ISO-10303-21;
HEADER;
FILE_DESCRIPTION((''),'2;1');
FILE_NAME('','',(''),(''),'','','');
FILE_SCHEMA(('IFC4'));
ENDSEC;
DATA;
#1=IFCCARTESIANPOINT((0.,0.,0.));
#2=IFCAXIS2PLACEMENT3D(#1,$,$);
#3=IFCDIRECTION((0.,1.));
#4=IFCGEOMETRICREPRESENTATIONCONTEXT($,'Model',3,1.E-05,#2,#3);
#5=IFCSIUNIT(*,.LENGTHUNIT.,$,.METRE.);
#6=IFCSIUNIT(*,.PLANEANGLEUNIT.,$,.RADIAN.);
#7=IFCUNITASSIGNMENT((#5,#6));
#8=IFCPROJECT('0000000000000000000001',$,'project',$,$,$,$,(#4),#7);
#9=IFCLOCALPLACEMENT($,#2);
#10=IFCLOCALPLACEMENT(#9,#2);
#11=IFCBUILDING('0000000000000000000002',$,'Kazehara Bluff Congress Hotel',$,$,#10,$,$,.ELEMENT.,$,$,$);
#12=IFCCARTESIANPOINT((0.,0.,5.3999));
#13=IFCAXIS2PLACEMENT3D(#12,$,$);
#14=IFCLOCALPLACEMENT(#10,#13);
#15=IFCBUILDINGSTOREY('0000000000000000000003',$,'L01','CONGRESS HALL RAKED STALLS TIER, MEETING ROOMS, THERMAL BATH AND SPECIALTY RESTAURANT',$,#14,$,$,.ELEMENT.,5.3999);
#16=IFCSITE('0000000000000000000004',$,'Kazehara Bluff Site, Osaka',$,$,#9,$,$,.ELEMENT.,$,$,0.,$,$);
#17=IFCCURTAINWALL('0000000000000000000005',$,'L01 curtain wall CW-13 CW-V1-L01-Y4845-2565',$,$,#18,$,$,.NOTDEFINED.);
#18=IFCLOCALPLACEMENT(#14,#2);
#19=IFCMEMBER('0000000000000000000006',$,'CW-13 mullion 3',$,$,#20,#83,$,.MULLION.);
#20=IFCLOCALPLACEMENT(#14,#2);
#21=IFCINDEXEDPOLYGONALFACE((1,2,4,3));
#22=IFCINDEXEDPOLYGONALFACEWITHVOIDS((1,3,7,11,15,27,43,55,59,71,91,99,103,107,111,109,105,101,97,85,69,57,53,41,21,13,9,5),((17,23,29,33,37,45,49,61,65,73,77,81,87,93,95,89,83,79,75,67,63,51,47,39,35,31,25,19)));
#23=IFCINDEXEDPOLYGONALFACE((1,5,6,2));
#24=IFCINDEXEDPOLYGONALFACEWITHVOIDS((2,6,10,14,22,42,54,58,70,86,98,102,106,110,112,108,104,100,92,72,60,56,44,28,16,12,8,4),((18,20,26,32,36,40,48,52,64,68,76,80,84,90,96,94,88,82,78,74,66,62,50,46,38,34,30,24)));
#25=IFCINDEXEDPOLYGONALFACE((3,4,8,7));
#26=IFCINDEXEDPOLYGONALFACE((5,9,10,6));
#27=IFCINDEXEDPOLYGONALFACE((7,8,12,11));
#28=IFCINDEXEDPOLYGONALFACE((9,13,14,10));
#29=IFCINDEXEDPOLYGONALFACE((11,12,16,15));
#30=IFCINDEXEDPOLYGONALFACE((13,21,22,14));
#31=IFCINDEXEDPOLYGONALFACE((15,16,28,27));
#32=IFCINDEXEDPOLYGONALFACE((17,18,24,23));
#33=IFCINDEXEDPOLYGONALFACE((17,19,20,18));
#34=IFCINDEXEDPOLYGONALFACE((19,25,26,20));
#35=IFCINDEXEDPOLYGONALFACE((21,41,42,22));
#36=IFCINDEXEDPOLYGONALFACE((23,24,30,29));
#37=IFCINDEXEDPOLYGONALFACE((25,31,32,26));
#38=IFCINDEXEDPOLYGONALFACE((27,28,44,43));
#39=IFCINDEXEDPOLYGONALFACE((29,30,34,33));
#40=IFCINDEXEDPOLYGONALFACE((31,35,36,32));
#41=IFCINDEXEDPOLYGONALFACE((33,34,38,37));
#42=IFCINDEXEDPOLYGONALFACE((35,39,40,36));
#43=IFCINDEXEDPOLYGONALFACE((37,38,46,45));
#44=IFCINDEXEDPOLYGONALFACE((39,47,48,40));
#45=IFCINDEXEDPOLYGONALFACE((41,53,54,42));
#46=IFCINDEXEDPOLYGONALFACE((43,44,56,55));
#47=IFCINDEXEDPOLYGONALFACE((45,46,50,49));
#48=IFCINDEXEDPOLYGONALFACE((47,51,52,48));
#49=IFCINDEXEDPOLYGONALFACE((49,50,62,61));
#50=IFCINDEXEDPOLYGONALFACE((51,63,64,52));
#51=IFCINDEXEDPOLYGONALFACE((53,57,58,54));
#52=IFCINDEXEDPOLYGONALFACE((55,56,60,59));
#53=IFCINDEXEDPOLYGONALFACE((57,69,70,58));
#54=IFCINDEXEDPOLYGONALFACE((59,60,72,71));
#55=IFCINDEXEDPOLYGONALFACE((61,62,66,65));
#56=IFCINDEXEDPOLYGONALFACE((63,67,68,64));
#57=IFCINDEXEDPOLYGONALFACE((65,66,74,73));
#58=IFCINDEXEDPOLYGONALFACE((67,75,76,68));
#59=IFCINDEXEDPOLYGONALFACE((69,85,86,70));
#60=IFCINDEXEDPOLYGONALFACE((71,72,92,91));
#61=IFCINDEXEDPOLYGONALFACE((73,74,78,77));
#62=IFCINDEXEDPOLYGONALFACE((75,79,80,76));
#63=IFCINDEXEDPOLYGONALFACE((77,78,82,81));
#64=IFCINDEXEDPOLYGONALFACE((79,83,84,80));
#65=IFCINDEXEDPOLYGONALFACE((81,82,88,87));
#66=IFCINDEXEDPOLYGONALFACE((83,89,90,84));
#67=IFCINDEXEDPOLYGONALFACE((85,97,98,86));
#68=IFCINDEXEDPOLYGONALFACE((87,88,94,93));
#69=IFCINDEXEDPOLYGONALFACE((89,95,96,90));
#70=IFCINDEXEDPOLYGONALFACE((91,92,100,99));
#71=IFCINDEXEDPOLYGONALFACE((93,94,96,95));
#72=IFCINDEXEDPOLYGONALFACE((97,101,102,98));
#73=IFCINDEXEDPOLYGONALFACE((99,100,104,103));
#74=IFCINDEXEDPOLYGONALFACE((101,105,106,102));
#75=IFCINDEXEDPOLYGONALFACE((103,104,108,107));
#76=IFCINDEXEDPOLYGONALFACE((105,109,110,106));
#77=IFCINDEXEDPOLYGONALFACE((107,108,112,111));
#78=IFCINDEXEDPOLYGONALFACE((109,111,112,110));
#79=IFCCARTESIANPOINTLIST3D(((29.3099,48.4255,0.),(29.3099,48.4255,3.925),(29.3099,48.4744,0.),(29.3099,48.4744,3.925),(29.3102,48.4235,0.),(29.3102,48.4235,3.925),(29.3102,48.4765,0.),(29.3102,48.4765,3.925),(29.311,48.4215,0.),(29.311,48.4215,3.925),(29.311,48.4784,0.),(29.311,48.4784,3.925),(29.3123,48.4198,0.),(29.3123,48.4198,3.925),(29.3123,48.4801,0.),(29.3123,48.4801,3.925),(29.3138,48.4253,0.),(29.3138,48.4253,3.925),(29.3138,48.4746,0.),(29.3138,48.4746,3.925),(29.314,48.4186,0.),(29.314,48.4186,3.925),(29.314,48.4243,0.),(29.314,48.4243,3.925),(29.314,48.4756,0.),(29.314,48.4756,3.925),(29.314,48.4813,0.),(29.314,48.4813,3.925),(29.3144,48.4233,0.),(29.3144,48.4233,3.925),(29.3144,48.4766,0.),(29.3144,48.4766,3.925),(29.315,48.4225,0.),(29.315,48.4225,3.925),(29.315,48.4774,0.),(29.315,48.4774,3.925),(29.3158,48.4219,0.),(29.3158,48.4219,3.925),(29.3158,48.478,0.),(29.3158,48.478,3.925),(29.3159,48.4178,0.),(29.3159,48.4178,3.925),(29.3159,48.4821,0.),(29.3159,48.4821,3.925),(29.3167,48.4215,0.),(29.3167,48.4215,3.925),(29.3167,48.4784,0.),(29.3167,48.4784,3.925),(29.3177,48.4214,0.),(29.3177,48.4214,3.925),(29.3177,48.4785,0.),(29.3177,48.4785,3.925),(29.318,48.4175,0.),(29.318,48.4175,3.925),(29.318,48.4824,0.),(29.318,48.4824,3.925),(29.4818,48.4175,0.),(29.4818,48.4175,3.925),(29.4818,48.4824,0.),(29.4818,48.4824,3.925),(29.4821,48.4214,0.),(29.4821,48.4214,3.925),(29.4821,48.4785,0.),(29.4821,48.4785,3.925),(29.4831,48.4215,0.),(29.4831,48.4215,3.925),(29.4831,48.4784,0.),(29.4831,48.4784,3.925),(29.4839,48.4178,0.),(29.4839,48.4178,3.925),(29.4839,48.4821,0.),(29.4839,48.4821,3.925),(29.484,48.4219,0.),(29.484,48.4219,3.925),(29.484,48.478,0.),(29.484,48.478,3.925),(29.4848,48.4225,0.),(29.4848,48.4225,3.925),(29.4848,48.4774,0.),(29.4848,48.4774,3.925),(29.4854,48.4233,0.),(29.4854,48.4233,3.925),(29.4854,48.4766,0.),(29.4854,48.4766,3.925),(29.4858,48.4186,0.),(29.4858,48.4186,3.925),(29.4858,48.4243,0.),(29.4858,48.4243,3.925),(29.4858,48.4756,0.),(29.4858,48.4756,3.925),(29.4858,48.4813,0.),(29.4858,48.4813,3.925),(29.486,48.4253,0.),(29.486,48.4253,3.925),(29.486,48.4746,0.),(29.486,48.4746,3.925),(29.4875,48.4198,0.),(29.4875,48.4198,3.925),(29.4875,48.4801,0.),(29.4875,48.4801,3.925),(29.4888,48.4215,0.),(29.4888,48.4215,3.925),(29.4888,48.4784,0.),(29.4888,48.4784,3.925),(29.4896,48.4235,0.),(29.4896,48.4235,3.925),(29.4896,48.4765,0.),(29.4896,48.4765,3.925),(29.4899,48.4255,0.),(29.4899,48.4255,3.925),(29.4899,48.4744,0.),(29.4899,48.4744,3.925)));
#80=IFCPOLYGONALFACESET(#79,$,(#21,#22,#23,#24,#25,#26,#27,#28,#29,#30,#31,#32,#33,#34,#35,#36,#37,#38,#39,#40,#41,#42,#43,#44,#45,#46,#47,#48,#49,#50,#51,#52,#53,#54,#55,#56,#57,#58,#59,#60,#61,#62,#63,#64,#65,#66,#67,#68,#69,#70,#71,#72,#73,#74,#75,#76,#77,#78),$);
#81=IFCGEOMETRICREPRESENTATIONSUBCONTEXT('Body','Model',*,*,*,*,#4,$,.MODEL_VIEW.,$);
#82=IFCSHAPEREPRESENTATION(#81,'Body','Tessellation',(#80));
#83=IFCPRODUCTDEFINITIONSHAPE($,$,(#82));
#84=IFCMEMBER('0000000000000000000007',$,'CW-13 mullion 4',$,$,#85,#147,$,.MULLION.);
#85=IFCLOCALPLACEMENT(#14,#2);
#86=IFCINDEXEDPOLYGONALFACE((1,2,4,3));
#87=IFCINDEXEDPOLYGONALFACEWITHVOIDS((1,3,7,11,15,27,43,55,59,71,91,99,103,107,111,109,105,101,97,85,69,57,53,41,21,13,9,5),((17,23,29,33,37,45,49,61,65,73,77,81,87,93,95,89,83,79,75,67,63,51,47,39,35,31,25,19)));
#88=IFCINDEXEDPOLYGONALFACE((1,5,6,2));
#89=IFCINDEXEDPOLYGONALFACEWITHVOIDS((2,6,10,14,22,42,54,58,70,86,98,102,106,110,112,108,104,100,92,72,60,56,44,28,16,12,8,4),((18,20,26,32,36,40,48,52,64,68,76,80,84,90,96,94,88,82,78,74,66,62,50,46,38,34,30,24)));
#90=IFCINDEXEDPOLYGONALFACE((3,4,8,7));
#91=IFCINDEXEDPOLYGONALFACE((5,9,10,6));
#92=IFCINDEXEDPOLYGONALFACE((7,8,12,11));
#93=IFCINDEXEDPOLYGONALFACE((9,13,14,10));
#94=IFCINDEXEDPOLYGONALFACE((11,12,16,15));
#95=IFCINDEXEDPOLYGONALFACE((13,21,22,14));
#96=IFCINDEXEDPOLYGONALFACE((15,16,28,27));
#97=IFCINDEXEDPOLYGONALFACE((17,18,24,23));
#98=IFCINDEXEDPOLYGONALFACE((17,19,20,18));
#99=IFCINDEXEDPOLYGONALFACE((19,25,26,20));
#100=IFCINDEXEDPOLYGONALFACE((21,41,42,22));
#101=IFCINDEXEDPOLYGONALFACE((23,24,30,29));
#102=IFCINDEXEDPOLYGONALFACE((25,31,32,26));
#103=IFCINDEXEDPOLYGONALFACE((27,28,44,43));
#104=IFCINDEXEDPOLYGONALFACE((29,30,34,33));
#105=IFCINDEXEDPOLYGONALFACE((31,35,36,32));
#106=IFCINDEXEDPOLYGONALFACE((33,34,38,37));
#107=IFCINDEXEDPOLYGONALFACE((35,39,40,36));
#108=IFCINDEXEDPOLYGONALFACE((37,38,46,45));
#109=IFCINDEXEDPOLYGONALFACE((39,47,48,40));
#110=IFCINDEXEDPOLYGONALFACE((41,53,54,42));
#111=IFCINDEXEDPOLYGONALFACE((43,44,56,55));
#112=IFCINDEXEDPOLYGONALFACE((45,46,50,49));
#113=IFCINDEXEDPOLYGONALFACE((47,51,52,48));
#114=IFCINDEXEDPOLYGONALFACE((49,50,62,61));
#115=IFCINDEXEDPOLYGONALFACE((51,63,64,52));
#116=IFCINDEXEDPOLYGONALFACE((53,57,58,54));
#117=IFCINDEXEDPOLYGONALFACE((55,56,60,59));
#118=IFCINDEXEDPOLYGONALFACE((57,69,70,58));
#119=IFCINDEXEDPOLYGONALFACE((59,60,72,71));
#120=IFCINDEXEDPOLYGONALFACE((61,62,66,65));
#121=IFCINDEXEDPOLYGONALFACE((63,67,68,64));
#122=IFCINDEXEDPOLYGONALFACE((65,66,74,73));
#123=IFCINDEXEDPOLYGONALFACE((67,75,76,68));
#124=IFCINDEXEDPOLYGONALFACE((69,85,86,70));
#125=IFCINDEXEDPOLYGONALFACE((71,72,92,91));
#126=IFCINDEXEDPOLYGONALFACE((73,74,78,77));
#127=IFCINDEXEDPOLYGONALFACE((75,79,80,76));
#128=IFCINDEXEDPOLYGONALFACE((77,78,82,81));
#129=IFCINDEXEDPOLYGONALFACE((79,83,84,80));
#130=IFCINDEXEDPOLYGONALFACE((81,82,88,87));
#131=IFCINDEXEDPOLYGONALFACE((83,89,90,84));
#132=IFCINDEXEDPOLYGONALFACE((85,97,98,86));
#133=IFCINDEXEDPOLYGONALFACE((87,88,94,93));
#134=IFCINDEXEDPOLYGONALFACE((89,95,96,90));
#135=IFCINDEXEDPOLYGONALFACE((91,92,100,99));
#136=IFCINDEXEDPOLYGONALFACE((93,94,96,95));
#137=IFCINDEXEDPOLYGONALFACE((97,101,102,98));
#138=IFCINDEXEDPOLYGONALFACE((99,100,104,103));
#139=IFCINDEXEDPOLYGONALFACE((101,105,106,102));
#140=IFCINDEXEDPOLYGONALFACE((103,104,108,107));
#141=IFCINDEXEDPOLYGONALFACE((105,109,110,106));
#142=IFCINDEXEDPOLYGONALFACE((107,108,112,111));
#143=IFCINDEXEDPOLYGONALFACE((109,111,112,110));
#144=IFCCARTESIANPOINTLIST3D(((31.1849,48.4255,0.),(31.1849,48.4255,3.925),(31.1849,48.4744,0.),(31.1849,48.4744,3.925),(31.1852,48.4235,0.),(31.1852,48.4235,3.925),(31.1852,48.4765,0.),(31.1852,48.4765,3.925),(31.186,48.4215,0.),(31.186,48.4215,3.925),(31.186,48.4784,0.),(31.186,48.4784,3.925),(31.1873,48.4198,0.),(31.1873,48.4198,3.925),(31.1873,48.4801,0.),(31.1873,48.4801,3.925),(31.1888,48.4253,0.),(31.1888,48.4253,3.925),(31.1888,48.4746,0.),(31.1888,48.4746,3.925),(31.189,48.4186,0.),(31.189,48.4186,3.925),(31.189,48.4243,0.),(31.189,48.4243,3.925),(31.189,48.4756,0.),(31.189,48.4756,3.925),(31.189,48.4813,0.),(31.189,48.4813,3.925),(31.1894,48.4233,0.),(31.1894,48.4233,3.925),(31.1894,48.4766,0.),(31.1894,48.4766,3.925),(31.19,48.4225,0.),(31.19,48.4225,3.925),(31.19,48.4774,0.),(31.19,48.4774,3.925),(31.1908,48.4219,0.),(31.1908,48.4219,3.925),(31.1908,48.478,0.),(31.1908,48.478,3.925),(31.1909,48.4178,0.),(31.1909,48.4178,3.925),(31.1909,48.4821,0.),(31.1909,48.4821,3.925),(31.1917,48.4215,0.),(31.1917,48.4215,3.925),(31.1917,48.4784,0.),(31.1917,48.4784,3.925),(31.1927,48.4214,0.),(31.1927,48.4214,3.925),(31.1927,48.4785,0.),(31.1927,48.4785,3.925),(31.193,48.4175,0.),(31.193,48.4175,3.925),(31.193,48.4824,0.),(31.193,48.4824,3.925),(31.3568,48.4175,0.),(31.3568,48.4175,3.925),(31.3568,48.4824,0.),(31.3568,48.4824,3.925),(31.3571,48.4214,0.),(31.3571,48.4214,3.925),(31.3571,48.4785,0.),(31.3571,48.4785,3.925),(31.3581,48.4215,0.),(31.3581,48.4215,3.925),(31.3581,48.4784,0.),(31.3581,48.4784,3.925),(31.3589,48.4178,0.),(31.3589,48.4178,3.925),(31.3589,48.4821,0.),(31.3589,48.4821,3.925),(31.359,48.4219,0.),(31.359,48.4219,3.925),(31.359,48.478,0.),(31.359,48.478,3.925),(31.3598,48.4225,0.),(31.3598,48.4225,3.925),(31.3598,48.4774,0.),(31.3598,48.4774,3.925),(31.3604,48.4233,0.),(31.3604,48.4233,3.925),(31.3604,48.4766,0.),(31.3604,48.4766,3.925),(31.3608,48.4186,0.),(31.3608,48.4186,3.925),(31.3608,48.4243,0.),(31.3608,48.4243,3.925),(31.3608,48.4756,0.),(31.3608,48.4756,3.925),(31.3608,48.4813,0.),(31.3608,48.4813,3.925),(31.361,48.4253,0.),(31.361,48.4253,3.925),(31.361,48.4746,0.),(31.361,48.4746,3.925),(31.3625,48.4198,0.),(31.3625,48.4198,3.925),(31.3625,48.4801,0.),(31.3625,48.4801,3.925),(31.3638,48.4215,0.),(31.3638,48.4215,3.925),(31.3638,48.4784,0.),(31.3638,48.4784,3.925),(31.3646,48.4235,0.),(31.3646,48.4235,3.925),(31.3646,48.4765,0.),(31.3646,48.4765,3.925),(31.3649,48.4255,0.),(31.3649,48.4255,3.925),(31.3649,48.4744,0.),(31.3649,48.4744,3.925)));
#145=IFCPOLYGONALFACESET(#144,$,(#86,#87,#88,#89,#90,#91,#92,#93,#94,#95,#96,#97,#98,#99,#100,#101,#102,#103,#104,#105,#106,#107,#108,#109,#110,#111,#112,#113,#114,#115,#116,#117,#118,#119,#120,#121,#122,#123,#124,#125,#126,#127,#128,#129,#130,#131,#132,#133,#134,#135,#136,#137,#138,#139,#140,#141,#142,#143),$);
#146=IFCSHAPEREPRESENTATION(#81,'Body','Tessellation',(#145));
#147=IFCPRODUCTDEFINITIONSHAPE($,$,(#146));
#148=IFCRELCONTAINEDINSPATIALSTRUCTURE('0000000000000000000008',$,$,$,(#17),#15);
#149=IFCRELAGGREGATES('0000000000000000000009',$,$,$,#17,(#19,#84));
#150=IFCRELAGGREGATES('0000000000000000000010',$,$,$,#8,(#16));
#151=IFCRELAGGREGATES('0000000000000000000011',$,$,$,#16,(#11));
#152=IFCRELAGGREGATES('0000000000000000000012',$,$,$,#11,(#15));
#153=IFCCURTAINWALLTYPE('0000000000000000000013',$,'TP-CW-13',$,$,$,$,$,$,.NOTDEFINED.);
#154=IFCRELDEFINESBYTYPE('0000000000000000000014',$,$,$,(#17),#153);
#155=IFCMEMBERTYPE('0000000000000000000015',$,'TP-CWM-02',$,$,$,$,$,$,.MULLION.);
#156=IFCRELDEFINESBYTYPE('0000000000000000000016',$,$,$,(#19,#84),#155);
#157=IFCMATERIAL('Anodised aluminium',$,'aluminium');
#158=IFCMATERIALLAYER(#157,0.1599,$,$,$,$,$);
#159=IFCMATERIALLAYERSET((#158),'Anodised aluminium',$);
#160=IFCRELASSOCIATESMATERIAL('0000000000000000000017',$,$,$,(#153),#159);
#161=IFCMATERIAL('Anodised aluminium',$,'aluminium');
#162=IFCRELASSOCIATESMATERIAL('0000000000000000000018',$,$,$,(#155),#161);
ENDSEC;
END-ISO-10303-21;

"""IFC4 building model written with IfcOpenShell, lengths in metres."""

from ifc_helpers import new_model, si_unit, direction, frame, origin, origin_2d, place, context, subcontext, project, spatial, hollow_rectangle, extrude, material, layer, layer_set, material_profile, profile_set, type_object, element, aggregate, save


model = new_model("IFC4")

# Units and contexts
model_context = context("Model", 3, precision=1e-05, world=origin(), true_north=direction((0.0, 1.0)))
body_context = subcontext(model_context, "Body", "Model", "MODEL_VIEW")
ifc_project = project(units=[si_unit("LENGTHUNIT", "METRE"), si_unit("PLANEANGLEUNIT", "RADIAN")], contexts=[model_context])

# Site, building, storey
site_placement = place(None, origin())
site = spatial("IfcSite", under=ifc_project, at=site_placement, Name="Kazehara Bluff Site, Osaka", CompositionType="ELEMENT", RefElevation=0.0)
building_placement = place(site_placement, origin())
building = spatial("IfcBuilding", under=site, at=building_placement, Name="Kazehara Bluff Congress Hotel", CompositionType="ELEMENT")
storey_placement = place(building_placement, frame((0.0, 0.0, 5.3999)))
storey = spatial("IfcBuildingStorey", under=building, at=storey_placement, Name="L01", Description="CONGRESS HALL RAKED STALLS TIER, MEETING ROOMS, THERMAL BATH AND SPECIALTY RESTAURANT", CompositionType="ELEMENT", Elevation=5.3999)

# Curtain wall, members
ifc_material_1 = material(Name="Anodised aluminium", Category="aluminium")
ifc_layer_1 = layer(ifc_material_1, 0.1599)
ifc_layer_set_1 = layer_set([ifc_layer_1], Name="Anodised aluminium")
curtain_wall_type_1 = type_object("IfcCurtainWallType", Name="TP-CW-13", PredefinedType="NOTDEFINED", material=ifc_layer_set_1)
curtain_wall_1_placement = place(storey_placement, origin())
curtain_wall_1 = element("IfcCurtainWall", 1, at=curtain_wall_1_placement, inside=storey, type_object=curtain_wall_type_1, Name="L01 curtain wall CW-13 CW-V1-L01-Y4845-2565", PredefinedType="NOTDEFINED")
ifc_material_2 = material(Name="Anodised aluminium", Category="aluminium")
ifc_material_profile_1 = material_profile(ifc_material_2, hollow_rectangle(XDim=0.0649, YDim=0.1799, WallThickness=0.0039, InnerFilletRadius=0.0039, OuterFilletRadius=0.0081, at=origin_2d()))
ifc_profile_set_1 = profile_set([ifc_material_profile_1], Name="Anodised aluminium")
member_type_1 = type_object("IfcMemberType", Name="TP-CWM-02", PredefinedType="MULLION", material=ifc_profile_set_1)
member_1_placement = place(storey_placement, frame((29.3999, 48.45, 0.0), z_axis=(0.0, 0.0, 1.0), x_axis=(0.0, 1.0, 0.0)))
member_1 = element("IfcMember", 2, at=member_1_placement, type_object=member_type_1, Name="CW-13 mullion 3", PredefinedType="MULLION", context=body_context, shape_type="SweptSolid", body=[
    extrude(hollow_rectangle(XDim=0.0649, YDim=0.1799, WallThickness=0.0039, InnerFilletRadius=0.0039, OuterFilletRadius=0.0081, at=origin_2d()), origin(), (0.0, 0.0, 1.0), 3.925),
])
member_2_placement = place(storey_placement, frame((31.2749, 48.45, 0.0), z_axis=(0.0, 0.0, 1.0), x_axis=(0.0, 1.0, 0.0)))
member_2 = element("IfcMember", 3, at=member_2_placement, type_object=member_type_1, Name="CW-13 mullion 4", PredefinedType="MULLION", context=body_context, shape_type="SweptSolid", body=[
    extrude(hollow_rectangle(XDim=0.0649, YDim=0.1799, WallThickness=0.0039, InnerFilletRadius=0.0039, OuterFilletRadius=0.0081, at=origin_2d()), origin(), (0.0, 0.0, 1.0), 3.925),
])

aggregate(curtain_wall_1, [member_1, member_2])

save(model, "model.ifc")
